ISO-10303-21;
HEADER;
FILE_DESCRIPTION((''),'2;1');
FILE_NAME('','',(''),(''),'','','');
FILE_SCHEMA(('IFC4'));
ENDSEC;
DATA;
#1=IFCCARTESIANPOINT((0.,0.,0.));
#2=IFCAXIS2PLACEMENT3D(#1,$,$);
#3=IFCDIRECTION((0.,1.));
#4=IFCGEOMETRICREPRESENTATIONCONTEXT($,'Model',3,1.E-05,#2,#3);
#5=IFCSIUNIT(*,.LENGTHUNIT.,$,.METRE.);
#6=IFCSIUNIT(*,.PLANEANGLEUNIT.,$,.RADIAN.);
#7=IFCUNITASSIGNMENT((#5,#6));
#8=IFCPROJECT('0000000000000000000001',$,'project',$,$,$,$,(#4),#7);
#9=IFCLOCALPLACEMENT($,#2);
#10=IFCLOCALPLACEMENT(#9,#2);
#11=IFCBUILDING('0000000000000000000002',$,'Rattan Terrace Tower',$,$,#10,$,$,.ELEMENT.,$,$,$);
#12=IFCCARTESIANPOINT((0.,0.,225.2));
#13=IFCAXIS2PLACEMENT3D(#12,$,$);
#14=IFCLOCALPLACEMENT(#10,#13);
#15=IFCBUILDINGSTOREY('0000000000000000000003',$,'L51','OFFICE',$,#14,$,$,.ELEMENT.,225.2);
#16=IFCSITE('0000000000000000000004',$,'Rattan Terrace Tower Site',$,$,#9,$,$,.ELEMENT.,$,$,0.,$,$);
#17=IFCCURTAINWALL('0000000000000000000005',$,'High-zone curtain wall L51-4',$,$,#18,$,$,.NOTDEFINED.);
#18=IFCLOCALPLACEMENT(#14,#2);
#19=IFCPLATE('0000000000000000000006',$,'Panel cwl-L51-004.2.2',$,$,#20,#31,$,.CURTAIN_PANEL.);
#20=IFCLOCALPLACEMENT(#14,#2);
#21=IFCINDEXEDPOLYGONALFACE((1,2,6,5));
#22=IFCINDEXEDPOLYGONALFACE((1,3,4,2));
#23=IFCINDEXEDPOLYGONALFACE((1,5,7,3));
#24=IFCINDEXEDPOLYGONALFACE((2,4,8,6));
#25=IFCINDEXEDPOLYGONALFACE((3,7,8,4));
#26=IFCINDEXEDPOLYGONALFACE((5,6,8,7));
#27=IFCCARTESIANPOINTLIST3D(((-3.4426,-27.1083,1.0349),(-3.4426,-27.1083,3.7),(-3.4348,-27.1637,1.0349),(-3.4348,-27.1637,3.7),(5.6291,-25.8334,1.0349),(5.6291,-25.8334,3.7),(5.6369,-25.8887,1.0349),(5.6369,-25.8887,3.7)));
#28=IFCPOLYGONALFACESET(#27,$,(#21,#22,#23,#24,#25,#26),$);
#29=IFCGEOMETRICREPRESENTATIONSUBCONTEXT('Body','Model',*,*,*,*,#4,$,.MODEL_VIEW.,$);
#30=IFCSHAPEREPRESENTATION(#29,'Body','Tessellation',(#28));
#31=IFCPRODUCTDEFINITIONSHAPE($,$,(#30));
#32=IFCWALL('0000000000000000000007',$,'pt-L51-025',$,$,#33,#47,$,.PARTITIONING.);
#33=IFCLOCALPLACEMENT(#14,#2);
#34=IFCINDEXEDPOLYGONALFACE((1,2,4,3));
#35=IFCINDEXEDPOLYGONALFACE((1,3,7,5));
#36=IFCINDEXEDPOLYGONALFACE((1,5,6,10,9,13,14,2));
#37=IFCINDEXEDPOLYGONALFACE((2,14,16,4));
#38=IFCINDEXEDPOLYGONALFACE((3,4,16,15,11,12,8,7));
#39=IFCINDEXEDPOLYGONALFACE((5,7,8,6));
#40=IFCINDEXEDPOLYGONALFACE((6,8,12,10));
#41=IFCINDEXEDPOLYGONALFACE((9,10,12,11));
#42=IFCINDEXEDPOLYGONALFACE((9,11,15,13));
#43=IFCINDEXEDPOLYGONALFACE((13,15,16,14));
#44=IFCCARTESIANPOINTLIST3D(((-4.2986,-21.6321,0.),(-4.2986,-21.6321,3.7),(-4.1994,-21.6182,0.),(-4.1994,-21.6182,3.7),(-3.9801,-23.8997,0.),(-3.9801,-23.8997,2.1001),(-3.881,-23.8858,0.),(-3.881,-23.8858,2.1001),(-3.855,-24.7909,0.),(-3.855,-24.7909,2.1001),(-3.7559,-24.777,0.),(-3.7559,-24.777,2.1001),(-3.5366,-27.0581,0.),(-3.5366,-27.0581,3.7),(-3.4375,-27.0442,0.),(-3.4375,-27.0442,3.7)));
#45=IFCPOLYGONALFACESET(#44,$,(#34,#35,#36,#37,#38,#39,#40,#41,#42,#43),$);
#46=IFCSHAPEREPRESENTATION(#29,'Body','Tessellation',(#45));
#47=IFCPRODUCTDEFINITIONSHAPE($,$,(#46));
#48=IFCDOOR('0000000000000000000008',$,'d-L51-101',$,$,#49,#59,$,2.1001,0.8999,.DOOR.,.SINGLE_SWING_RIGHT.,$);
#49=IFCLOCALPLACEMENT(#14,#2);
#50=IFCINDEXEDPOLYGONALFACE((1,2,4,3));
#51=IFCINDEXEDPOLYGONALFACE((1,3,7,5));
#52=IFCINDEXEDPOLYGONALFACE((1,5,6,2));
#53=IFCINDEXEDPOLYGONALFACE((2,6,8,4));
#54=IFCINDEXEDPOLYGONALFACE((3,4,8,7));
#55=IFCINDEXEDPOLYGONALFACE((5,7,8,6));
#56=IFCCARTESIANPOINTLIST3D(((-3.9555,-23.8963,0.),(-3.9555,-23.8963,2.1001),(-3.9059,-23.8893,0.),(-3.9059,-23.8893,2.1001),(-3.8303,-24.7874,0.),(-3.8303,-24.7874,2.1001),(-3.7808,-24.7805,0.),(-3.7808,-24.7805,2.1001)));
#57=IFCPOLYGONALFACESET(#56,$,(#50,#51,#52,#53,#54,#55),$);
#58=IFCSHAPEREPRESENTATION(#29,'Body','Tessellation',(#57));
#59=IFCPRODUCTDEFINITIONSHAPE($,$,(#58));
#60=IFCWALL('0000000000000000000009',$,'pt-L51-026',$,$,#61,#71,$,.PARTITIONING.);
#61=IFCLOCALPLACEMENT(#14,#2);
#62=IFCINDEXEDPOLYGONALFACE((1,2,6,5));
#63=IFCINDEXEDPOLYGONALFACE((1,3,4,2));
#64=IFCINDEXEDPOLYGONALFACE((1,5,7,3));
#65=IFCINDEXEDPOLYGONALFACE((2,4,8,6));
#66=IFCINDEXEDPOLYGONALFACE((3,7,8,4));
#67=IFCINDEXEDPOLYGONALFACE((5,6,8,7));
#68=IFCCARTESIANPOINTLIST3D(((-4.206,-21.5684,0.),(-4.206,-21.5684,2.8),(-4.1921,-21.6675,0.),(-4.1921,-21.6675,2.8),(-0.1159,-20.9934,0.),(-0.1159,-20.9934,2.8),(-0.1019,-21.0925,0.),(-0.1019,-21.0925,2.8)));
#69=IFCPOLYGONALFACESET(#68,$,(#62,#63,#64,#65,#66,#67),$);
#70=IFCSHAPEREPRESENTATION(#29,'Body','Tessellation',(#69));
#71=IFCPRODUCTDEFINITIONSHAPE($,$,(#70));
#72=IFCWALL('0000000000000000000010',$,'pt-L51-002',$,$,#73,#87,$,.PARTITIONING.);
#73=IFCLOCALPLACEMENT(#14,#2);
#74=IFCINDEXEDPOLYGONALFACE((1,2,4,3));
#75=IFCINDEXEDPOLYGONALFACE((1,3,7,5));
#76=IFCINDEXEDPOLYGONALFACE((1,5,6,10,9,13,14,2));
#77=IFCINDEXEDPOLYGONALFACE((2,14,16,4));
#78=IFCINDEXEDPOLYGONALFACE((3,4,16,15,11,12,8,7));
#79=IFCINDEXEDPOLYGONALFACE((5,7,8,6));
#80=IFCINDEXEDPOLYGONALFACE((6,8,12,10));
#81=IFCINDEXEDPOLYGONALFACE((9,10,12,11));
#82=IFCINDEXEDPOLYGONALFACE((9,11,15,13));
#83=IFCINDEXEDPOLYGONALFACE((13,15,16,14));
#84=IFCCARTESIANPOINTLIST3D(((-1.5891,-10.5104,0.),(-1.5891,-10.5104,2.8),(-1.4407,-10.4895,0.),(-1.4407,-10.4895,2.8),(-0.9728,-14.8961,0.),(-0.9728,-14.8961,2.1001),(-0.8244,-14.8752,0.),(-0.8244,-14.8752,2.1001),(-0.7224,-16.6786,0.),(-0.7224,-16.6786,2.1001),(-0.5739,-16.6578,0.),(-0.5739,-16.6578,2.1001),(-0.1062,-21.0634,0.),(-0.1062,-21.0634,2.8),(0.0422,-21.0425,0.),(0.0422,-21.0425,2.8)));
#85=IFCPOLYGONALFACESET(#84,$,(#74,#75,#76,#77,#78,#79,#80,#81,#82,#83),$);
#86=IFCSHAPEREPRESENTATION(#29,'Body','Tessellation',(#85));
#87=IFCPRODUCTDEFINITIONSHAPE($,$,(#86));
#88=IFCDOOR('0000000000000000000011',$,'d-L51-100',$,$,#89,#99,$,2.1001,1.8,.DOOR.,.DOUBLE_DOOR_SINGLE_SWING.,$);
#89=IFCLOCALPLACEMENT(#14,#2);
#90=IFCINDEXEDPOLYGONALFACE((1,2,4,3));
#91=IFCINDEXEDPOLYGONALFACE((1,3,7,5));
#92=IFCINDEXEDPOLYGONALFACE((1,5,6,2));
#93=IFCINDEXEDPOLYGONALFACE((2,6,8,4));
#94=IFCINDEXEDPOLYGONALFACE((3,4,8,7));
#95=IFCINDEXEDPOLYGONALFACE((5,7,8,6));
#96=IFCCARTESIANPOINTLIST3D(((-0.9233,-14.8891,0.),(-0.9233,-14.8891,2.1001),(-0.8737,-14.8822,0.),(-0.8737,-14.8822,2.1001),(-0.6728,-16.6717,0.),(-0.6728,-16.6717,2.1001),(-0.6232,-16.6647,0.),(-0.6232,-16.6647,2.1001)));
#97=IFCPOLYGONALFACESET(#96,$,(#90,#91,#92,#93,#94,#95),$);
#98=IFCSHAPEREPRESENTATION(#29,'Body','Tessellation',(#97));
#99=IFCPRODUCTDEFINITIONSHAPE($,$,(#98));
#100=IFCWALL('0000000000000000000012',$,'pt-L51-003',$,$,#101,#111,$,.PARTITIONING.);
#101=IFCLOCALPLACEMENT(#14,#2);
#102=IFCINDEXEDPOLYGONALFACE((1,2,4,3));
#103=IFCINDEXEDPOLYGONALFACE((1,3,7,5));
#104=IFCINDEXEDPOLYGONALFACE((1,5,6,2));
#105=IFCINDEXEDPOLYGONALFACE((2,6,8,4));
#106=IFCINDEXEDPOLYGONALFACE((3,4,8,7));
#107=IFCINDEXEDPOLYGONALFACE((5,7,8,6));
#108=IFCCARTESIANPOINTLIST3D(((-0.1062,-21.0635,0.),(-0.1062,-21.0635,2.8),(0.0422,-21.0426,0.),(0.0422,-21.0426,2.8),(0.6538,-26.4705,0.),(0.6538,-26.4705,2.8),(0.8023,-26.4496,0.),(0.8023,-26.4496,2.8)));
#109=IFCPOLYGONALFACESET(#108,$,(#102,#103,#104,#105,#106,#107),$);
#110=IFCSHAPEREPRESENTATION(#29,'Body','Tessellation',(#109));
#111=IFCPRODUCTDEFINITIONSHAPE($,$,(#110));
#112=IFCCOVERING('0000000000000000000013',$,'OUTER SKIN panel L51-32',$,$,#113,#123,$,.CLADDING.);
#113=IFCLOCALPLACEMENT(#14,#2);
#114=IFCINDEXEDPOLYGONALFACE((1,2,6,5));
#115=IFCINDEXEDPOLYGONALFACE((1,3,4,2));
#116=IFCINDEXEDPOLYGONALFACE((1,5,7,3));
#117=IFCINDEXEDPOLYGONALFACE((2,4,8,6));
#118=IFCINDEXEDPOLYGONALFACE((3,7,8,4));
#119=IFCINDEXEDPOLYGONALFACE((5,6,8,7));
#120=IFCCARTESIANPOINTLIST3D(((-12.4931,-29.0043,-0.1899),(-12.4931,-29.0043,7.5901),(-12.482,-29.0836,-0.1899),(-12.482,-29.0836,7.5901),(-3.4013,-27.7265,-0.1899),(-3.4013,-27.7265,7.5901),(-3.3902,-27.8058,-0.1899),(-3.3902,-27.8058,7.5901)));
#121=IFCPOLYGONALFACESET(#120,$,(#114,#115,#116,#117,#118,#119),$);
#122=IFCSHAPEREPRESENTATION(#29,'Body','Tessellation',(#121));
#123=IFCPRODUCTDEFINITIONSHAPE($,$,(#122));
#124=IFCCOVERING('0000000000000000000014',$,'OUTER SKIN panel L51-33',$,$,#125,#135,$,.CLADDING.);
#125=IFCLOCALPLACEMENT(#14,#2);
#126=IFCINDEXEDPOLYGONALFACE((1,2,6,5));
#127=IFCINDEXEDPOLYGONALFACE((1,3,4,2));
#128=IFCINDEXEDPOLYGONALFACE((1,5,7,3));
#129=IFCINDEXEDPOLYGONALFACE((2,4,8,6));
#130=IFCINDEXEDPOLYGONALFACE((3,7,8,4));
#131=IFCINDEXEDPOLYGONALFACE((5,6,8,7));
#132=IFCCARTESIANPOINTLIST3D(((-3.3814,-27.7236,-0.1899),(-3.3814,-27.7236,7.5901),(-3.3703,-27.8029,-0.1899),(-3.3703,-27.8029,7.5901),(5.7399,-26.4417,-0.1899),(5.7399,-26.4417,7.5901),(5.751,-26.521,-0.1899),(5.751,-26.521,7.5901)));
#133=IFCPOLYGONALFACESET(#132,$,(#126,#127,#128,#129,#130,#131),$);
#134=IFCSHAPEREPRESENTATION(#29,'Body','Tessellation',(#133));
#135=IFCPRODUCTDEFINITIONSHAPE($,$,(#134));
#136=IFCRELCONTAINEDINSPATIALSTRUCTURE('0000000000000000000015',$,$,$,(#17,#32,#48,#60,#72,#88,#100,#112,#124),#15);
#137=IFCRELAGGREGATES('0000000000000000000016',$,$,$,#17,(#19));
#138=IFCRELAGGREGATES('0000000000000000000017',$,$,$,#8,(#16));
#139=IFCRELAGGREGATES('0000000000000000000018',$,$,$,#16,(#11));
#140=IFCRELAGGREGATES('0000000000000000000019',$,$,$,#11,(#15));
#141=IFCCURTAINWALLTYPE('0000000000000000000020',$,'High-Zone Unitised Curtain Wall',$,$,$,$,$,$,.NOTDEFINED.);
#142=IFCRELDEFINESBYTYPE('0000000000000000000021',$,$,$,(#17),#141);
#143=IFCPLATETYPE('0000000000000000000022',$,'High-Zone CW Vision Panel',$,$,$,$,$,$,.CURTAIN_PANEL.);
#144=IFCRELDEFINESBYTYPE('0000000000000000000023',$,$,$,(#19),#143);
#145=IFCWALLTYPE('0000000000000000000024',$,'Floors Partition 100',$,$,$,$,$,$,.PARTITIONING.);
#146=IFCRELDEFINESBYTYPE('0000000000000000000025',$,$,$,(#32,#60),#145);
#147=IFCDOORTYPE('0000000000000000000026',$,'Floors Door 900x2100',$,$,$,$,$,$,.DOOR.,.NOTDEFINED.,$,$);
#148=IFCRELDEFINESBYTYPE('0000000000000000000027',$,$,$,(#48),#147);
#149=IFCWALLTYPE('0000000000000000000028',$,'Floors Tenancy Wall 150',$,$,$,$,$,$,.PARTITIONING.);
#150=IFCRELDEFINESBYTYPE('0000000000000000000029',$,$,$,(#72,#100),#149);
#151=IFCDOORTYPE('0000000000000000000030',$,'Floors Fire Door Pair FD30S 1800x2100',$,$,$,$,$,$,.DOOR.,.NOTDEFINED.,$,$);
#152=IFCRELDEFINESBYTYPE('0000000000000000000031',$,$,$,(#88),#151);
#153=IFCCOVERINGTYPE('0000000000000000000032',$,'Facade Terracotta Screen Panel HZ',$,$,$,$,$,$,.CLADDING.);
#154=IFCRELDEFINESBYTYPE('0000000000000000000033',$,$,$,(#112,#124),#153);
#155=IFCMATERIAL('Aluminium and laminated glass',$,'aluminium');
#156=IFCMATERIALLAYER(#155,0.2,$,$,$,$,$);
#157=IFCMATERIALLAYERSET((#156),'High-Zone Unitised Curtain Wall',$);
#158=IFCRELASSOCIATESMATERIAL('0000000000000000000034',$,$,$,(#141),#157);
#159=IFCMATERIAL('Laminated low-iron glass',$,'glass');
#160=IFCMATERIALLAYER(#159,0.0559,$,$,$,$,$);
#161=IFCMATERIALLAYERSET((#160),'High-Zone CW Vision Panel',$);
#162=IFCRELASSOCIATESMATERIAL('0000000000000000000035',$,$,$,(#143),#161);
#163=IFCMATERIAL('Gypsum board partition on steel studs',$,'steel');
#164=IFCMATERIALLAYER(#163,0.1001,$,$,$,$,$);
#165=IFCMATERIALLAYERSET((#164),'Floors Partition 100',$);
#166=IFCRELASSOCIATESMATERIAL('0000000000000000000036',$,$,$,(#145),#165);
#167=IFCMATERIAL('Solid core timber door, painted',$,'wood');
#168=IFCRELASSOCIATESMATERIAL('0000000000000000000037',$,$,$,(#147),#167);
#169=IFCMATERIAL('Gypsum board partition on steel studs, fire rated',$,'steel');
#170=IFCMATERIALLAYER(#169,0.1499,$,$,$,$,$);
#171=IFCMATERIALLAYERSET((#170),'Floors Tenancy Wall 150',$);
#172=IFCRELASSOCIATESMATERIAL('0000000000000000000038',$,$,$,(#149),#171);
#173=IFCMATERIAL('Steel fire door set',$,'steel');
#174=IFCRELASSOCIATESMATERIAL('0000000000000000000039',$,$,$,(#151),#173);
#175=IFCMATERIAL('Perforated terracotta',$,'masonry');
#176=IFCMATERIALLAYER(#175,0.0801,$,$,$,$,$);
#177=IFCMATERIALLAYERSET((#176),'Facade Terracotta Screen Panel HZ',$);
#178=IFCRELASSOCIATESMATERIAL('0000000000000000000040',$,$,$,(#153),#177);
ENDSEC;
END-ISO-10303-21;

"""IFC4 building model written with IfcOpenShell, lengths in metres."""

from ifc_helpers import new_model, si_unit, direction, frame, frame_2d, origin, origin_2d, place, context, subcontext, project, spatial, rectangle, extrude, material, layer, layer_set, type_object, element, fill, aggregate, save


model = new_model("IFC4")

# Units and contexts
model_context = context("Model", 3, precision=1e-05, world=origin(), true_north=direction((0.0, 1.0)))
body_context = subcontext(model_context, "Body", "Model", "MODEL_VIEW")
ifc_project = project(units=[si_unit("LENGTHUNIT", "METRE"), si_unit("PLANEANGLEUNIT", "RADIAN")], contexts=[model_context])

# Site, building, storey
site_placement = place(None, origin())
site = spatial("IfcSite", under=ifc_project, at=site_placement, Name="Rattan Terrace Tower Site", CompositionType="ELEMENT", RefElevation=0.0)
building_placement = place(site_placement, origin())
building = spatial("IfcBuilding", under=site, at=building_placement, Name="Rattan Terrace Tower", CompositionType="ELEMENT")
storey_placement = place(building_placement, frame((0.0, 0.0, 225.2)))
storey = spatial("IfcBuildingStorey", under=building, at=storey_placement, Name="L51", Description="OFFICE", CompositionType="ELEMENT", Elevation=225.2)

# Curtain wall, plate
ifc_material_1 = material(Name="Aluminium and laminated glass", Category="aluminium")
ifc_layer_1 = layer(ifc_material_1, 0.2)
ifc_layer_set_1 = layer_set([ifc_layer_1], Name="High-Zone Unitised Curtain Wall")
curtain_wall_type = type_object("IfcCurtainWallType", Name="High-Zone Unitised Curtain Wall", PredefinedType="NOTDEFINED", material=ifc_layer_set_1)
curtain_wall_placement = place(storey_placement, origin())
curtain_wall = element("IfcCurtainWall", 1, at=curtain_wall_placement, inside=storey, type_object=curtain_wall_type, Name="High-zone curtain wall L51-4", PredefinedType="NOTDEFINED")
ifc_material_2 = material(Name="Laminated low-iron glass", Category="glass")
ifc_layer_2 = layer(ifc_material_2, 0.0559)
ifc_layer_set_2 = layer_set([ifc_layer_2], Name="High-Zone CW Vision Panel")
plate_type_1 = type_object("IfcPlateType", Name="High-Zone CW Vision Panel", PredefinedType="CURTAIN_PANEL", material=ifc_layer_set_2)
plate_1_placement = place(storey_placement, frame((1.0972, -26.4985, 1.0349), z_axis=(0.0, 0.0, 1.0), x_axis=(0.990267, 0.139177, 0.0)))
plate_1 = element("IfcPlate", 2, at=plate_1_placement, type_object=plate_type_1, Name="Panel cwl-L51-004.2.2", PredefinedType="CURTAIN_PANEL", context=body_context, shape_type="SweptSolid", body=[
    extrude(rectangle(XDim=9.1609, YDim=0.0559, at=origin_2d()), origin(), (0.0, 0.0, 1.0), 2.665),
])
aggregate(curtain_wall, [plate_1])

# Wall, opening, door
ifc_material_3 = material(Name="Gypsum board partition on steel studs", Category="steel")
ifc_layer_3 = layer(ifc_material_3, 0.1001)
ifc_layer_set_3 = layer_set([ifc_layer_3], Name="Floors Partition 100")
wall_type_1 = type_object("IfcWallType", Name="Floors Partition 100", PredefinedType="PARTITIONING", material=ifc_layer_set_3)
wall_1_placement = place(storey_placement, frame((-4.249, -21.625, 0.0), z_axis=(0.0, 0.0, 1.0), x_axis=(0.139063, -0.990284, 0.0)))
wall_1 = element("IfcWall", 3, at=wall_1_placement, inside=storey, type_object=wall_type_1, Name="pt-L51-025", PredefinedType="PARTITIONING", context=body_context, shape_type="SweptSolid", body=[
    extrude(rectangle(XDim=5.4792, YDim=0.1001, at=frame_2d((2.7397, 0.0))), origin(), (0.0, 0.0, 1.0), 3.7),
])
opening_1_placement = place(wall_1_placement, frame((2.29, 0.0, 0.0)))
opening_1 = element("IfcOpeningElement", 4, at=opening_1_placement, cuts=wall_1, PredefinedType="OPENING", context=body_context, shape_type="SweptSolid", body=[
    extrude(rectangle(XDim=0.8999, YDim=2.1001, at=frame_2d((0.45, 1.05))), frame((0.0, 0.0605, 0.0), z_axis=(0.0, -1.0, 0.0), x_axis=(1.0, 0.0, 0.0)), (0.0, 0.0, 1.0), 0.1211),
])
ifc_material_4 = material(Name="Solid core timber door, painted", Category="wood")
door_type_1 = type_object("IfcDoorType", Name="Floors Door 900x2100", OperationType="NOTDEFINED", PredefinedType="DOOR", material=ifc_material_4)
door_1_placement = place(opening_1_placement, origin())
door_1 = element("IfcDoor", 5, at=door_1_placement, inside=storey, type_object=door_type_1, Name="d-L51-101", OperationType="SINGLE_SWING_RIGHT", OverallHeight=2.1001, OverallWidth=0.8999, PredefinedType="DOOR", context=body_context, shape_type="SweptSolid", body=[
    extrude(rectangle(XDim=0.8999, YDim=2.1001, at=frame_2d((0.45, 1.05))), frame((0.0, 0.0249, 0.0), z_axis=(0.0, -1.0, 0.0), x_axis=(1.0, 0.0, 0.0)), (0.0, 0.0, 1.0), 0.05),
])
fill(opening_1, door_1)

# Wall
wall_2_placement = place(storey_placement, frame((-0.1089, -21.043, 0.0), z_axis=(0.0, 0.0, 1.0), x_axis=(-0.990264, -0.139203, 0.0)))
element("IfcWall", 6, at=wall_2_placement, inside=storey, type_object=wall_type_1, Name="pt-L51-026", PredefinedType="PARTITIONING", context=body_context, shape_type="SweptSolid", body=[
    extrude(rectangle(XDim=4.1304, YDim=0.1001, at=frame_2d((2.0652, 0.0))), origin(), (0.0, 0.0, 1.0), 2.8),
])

# Wall, opening, door
ifc_material_5 = material(Name="Gypsum board partition on steel studs, fire rated", Category="steel")
ifc_layer_4 = layer(ifc_material_5, 0.1499)
ifc_layer_set_4 = layer_set([ifc_layer_4], Name="Floors Tenancy Wall 150")
wall_type_2 = type_object("IfcWallType", Name="Floors Tenancy Wall 150", PredefinedType="PARTITIONING", material=ifc_layer_set_4)
wall_3_placement = place(storey_placement, frame((-0.032, -21.053, 0.0), z_axis=(0.0, 0.0, 1.0), x_axis=(-0.139153, 0.990271, 0.0)))
wall_3 = element("IfcWall", 7, at=wall_3_placement, inside=storey, type_object=wall_type_2, Name="pt-L51-002", PredefinedType="PARTITIONING", context=body_context, shape_type="SweptSolid", body=[
    extrude(rectangle(XDim=10.6567, YDim=0.1499, at=frame_2d((5.3284, 0.0))), origin(), (0.0, 0.0, 1.0), 2.8),
])
opening_2_placement = place(wall_3_placement, frame((4.428, 0.0, 0.0)))
opening_2 = element("IfcOpeningElement", 8, at=opening_2_placement, cuts=wall_3, PredefinedType="OPENING", context=body_context, shape_type="SweptSolid", body=[
    extrude(rectangle(XDim=1.8, YDim=2.1001, at=frame_2d((0.8999, 1.05))), frame((0.0, 0.0854, 0.0), z_axis=(0.0, -1.0, 0.0), x_axis=(1.0, 0.0, 0.0)), (0.0, 0.0, 1.0), 0.1709),
])
ifc_material_6 = material(Name="Steel fire door set", Category="steel")
door_type_2 = type_object("IfcDoorType", Name="Floors Fire Door Pair FD30S 1800x2100", OperationType="NOTDEFINED", PredefinedType="DOOR", material=ifc_material_6)
door_2_placement = place(opening_2_placement, origin())
door_2 = element("IfcDoor", 9, at=door_2_placement, inside=storey, type_object=door_type_2, Name="d-L51-100", OperationType="DOUBLE_DOOR_SINGLE_SWING", OverallHeight=2.1001, OverallWidth=1.8, PredefinedType="DOOR", context=body_context, shape_type="SweptSolid", body=[
    extrude(rectangle(XDim=1.8, YDim=2.1001, at=frame_2d((0.8999, 1.05))), frame((0.0, 0.0249, 0.0), z_axis=(0.0, -1.0, 0.0), x_axis=(1.0, 0.0, 0.0)), (0.0, 0.0, 1.0), 0.05),
])
fill(opening_2, door_2)

# Wall
wall_4_placement = place(storey_placement, frame((0.728, -26.46, 0.0), z_axis=(0.0, 0.0, 1.0), x_axis=(-0.139192, 0.990265, 0.0)))
element("IfcWall", 10, at=wall_4_placement, inside=storey, type_object=wall_type_2, Name="pt-L51-003", PredefinedType="PARTITIONING", context=body_context, shape_type="SweptSolid", body=[
    extrude(rectangle(XDim=5.4602, YDim=0.1499, at=frame_2d((2.73, 0.0))), origin(), (0.0, 0.0, 1.0), 2.8),
])

# Coverings
ifc_material_7 = material(Name="Perforated terracotta", Category="masonry")
ifc_layer_5 = layer(ifc_material_7, 0.0801)
ifc_layer_set_5 = layer_set([ifc_layer_5], Name="Facade Terracotta Screen Panel HZ")
covering_type = type_object("IfcCoveringType", Name="Facade Terracotta Screen Panel HZ", PredefinedType="CLADDING", material=ifc_layer_set_5)
covering_1_placement = place(storey_placement, frame((-7.9417, -28.405, -0.1899), z_axis=(0.0, 0.0, 1.0), x_axis=(0.990267, 0.139177, 0.0)))
element("IfcCovering", 11, at=covering_1_placement, inside=storey, type_object=covering_type, Name="OUTER SKIN panel L51-32", PredefinedType="CLADDING", context=body_context, shape_type="SweptSolid", body=[
    extrude(rectangle(XDim=9.1812, YDim=0.0801, at=origin_2d()), origin(), (0.0, 0.0, 1.0), 7.78),
])
covering_2_placement = place(storey_placement, frame((1.1848, -27.1223, -0.1899), z_axis=(0.0, 0.0, 1.0), x_axis=(0.990267, 0.139177, 0.0)))
element("IfcCovering", 12, at=covering_2_placement, inside=storey, type_object=covering_type, Name="OUTER SKIN panel L51-33", PredefinedType="CLADDING", context=body_context, shape_type="SweptSolid", body=[
    extrude(rectangle(XDim=9.2109, YDim=0.0801, at=origin_2d()), origin(), (0.0, 0.0, 1.0), 7.78),
])

save(model, "model.ifc")
